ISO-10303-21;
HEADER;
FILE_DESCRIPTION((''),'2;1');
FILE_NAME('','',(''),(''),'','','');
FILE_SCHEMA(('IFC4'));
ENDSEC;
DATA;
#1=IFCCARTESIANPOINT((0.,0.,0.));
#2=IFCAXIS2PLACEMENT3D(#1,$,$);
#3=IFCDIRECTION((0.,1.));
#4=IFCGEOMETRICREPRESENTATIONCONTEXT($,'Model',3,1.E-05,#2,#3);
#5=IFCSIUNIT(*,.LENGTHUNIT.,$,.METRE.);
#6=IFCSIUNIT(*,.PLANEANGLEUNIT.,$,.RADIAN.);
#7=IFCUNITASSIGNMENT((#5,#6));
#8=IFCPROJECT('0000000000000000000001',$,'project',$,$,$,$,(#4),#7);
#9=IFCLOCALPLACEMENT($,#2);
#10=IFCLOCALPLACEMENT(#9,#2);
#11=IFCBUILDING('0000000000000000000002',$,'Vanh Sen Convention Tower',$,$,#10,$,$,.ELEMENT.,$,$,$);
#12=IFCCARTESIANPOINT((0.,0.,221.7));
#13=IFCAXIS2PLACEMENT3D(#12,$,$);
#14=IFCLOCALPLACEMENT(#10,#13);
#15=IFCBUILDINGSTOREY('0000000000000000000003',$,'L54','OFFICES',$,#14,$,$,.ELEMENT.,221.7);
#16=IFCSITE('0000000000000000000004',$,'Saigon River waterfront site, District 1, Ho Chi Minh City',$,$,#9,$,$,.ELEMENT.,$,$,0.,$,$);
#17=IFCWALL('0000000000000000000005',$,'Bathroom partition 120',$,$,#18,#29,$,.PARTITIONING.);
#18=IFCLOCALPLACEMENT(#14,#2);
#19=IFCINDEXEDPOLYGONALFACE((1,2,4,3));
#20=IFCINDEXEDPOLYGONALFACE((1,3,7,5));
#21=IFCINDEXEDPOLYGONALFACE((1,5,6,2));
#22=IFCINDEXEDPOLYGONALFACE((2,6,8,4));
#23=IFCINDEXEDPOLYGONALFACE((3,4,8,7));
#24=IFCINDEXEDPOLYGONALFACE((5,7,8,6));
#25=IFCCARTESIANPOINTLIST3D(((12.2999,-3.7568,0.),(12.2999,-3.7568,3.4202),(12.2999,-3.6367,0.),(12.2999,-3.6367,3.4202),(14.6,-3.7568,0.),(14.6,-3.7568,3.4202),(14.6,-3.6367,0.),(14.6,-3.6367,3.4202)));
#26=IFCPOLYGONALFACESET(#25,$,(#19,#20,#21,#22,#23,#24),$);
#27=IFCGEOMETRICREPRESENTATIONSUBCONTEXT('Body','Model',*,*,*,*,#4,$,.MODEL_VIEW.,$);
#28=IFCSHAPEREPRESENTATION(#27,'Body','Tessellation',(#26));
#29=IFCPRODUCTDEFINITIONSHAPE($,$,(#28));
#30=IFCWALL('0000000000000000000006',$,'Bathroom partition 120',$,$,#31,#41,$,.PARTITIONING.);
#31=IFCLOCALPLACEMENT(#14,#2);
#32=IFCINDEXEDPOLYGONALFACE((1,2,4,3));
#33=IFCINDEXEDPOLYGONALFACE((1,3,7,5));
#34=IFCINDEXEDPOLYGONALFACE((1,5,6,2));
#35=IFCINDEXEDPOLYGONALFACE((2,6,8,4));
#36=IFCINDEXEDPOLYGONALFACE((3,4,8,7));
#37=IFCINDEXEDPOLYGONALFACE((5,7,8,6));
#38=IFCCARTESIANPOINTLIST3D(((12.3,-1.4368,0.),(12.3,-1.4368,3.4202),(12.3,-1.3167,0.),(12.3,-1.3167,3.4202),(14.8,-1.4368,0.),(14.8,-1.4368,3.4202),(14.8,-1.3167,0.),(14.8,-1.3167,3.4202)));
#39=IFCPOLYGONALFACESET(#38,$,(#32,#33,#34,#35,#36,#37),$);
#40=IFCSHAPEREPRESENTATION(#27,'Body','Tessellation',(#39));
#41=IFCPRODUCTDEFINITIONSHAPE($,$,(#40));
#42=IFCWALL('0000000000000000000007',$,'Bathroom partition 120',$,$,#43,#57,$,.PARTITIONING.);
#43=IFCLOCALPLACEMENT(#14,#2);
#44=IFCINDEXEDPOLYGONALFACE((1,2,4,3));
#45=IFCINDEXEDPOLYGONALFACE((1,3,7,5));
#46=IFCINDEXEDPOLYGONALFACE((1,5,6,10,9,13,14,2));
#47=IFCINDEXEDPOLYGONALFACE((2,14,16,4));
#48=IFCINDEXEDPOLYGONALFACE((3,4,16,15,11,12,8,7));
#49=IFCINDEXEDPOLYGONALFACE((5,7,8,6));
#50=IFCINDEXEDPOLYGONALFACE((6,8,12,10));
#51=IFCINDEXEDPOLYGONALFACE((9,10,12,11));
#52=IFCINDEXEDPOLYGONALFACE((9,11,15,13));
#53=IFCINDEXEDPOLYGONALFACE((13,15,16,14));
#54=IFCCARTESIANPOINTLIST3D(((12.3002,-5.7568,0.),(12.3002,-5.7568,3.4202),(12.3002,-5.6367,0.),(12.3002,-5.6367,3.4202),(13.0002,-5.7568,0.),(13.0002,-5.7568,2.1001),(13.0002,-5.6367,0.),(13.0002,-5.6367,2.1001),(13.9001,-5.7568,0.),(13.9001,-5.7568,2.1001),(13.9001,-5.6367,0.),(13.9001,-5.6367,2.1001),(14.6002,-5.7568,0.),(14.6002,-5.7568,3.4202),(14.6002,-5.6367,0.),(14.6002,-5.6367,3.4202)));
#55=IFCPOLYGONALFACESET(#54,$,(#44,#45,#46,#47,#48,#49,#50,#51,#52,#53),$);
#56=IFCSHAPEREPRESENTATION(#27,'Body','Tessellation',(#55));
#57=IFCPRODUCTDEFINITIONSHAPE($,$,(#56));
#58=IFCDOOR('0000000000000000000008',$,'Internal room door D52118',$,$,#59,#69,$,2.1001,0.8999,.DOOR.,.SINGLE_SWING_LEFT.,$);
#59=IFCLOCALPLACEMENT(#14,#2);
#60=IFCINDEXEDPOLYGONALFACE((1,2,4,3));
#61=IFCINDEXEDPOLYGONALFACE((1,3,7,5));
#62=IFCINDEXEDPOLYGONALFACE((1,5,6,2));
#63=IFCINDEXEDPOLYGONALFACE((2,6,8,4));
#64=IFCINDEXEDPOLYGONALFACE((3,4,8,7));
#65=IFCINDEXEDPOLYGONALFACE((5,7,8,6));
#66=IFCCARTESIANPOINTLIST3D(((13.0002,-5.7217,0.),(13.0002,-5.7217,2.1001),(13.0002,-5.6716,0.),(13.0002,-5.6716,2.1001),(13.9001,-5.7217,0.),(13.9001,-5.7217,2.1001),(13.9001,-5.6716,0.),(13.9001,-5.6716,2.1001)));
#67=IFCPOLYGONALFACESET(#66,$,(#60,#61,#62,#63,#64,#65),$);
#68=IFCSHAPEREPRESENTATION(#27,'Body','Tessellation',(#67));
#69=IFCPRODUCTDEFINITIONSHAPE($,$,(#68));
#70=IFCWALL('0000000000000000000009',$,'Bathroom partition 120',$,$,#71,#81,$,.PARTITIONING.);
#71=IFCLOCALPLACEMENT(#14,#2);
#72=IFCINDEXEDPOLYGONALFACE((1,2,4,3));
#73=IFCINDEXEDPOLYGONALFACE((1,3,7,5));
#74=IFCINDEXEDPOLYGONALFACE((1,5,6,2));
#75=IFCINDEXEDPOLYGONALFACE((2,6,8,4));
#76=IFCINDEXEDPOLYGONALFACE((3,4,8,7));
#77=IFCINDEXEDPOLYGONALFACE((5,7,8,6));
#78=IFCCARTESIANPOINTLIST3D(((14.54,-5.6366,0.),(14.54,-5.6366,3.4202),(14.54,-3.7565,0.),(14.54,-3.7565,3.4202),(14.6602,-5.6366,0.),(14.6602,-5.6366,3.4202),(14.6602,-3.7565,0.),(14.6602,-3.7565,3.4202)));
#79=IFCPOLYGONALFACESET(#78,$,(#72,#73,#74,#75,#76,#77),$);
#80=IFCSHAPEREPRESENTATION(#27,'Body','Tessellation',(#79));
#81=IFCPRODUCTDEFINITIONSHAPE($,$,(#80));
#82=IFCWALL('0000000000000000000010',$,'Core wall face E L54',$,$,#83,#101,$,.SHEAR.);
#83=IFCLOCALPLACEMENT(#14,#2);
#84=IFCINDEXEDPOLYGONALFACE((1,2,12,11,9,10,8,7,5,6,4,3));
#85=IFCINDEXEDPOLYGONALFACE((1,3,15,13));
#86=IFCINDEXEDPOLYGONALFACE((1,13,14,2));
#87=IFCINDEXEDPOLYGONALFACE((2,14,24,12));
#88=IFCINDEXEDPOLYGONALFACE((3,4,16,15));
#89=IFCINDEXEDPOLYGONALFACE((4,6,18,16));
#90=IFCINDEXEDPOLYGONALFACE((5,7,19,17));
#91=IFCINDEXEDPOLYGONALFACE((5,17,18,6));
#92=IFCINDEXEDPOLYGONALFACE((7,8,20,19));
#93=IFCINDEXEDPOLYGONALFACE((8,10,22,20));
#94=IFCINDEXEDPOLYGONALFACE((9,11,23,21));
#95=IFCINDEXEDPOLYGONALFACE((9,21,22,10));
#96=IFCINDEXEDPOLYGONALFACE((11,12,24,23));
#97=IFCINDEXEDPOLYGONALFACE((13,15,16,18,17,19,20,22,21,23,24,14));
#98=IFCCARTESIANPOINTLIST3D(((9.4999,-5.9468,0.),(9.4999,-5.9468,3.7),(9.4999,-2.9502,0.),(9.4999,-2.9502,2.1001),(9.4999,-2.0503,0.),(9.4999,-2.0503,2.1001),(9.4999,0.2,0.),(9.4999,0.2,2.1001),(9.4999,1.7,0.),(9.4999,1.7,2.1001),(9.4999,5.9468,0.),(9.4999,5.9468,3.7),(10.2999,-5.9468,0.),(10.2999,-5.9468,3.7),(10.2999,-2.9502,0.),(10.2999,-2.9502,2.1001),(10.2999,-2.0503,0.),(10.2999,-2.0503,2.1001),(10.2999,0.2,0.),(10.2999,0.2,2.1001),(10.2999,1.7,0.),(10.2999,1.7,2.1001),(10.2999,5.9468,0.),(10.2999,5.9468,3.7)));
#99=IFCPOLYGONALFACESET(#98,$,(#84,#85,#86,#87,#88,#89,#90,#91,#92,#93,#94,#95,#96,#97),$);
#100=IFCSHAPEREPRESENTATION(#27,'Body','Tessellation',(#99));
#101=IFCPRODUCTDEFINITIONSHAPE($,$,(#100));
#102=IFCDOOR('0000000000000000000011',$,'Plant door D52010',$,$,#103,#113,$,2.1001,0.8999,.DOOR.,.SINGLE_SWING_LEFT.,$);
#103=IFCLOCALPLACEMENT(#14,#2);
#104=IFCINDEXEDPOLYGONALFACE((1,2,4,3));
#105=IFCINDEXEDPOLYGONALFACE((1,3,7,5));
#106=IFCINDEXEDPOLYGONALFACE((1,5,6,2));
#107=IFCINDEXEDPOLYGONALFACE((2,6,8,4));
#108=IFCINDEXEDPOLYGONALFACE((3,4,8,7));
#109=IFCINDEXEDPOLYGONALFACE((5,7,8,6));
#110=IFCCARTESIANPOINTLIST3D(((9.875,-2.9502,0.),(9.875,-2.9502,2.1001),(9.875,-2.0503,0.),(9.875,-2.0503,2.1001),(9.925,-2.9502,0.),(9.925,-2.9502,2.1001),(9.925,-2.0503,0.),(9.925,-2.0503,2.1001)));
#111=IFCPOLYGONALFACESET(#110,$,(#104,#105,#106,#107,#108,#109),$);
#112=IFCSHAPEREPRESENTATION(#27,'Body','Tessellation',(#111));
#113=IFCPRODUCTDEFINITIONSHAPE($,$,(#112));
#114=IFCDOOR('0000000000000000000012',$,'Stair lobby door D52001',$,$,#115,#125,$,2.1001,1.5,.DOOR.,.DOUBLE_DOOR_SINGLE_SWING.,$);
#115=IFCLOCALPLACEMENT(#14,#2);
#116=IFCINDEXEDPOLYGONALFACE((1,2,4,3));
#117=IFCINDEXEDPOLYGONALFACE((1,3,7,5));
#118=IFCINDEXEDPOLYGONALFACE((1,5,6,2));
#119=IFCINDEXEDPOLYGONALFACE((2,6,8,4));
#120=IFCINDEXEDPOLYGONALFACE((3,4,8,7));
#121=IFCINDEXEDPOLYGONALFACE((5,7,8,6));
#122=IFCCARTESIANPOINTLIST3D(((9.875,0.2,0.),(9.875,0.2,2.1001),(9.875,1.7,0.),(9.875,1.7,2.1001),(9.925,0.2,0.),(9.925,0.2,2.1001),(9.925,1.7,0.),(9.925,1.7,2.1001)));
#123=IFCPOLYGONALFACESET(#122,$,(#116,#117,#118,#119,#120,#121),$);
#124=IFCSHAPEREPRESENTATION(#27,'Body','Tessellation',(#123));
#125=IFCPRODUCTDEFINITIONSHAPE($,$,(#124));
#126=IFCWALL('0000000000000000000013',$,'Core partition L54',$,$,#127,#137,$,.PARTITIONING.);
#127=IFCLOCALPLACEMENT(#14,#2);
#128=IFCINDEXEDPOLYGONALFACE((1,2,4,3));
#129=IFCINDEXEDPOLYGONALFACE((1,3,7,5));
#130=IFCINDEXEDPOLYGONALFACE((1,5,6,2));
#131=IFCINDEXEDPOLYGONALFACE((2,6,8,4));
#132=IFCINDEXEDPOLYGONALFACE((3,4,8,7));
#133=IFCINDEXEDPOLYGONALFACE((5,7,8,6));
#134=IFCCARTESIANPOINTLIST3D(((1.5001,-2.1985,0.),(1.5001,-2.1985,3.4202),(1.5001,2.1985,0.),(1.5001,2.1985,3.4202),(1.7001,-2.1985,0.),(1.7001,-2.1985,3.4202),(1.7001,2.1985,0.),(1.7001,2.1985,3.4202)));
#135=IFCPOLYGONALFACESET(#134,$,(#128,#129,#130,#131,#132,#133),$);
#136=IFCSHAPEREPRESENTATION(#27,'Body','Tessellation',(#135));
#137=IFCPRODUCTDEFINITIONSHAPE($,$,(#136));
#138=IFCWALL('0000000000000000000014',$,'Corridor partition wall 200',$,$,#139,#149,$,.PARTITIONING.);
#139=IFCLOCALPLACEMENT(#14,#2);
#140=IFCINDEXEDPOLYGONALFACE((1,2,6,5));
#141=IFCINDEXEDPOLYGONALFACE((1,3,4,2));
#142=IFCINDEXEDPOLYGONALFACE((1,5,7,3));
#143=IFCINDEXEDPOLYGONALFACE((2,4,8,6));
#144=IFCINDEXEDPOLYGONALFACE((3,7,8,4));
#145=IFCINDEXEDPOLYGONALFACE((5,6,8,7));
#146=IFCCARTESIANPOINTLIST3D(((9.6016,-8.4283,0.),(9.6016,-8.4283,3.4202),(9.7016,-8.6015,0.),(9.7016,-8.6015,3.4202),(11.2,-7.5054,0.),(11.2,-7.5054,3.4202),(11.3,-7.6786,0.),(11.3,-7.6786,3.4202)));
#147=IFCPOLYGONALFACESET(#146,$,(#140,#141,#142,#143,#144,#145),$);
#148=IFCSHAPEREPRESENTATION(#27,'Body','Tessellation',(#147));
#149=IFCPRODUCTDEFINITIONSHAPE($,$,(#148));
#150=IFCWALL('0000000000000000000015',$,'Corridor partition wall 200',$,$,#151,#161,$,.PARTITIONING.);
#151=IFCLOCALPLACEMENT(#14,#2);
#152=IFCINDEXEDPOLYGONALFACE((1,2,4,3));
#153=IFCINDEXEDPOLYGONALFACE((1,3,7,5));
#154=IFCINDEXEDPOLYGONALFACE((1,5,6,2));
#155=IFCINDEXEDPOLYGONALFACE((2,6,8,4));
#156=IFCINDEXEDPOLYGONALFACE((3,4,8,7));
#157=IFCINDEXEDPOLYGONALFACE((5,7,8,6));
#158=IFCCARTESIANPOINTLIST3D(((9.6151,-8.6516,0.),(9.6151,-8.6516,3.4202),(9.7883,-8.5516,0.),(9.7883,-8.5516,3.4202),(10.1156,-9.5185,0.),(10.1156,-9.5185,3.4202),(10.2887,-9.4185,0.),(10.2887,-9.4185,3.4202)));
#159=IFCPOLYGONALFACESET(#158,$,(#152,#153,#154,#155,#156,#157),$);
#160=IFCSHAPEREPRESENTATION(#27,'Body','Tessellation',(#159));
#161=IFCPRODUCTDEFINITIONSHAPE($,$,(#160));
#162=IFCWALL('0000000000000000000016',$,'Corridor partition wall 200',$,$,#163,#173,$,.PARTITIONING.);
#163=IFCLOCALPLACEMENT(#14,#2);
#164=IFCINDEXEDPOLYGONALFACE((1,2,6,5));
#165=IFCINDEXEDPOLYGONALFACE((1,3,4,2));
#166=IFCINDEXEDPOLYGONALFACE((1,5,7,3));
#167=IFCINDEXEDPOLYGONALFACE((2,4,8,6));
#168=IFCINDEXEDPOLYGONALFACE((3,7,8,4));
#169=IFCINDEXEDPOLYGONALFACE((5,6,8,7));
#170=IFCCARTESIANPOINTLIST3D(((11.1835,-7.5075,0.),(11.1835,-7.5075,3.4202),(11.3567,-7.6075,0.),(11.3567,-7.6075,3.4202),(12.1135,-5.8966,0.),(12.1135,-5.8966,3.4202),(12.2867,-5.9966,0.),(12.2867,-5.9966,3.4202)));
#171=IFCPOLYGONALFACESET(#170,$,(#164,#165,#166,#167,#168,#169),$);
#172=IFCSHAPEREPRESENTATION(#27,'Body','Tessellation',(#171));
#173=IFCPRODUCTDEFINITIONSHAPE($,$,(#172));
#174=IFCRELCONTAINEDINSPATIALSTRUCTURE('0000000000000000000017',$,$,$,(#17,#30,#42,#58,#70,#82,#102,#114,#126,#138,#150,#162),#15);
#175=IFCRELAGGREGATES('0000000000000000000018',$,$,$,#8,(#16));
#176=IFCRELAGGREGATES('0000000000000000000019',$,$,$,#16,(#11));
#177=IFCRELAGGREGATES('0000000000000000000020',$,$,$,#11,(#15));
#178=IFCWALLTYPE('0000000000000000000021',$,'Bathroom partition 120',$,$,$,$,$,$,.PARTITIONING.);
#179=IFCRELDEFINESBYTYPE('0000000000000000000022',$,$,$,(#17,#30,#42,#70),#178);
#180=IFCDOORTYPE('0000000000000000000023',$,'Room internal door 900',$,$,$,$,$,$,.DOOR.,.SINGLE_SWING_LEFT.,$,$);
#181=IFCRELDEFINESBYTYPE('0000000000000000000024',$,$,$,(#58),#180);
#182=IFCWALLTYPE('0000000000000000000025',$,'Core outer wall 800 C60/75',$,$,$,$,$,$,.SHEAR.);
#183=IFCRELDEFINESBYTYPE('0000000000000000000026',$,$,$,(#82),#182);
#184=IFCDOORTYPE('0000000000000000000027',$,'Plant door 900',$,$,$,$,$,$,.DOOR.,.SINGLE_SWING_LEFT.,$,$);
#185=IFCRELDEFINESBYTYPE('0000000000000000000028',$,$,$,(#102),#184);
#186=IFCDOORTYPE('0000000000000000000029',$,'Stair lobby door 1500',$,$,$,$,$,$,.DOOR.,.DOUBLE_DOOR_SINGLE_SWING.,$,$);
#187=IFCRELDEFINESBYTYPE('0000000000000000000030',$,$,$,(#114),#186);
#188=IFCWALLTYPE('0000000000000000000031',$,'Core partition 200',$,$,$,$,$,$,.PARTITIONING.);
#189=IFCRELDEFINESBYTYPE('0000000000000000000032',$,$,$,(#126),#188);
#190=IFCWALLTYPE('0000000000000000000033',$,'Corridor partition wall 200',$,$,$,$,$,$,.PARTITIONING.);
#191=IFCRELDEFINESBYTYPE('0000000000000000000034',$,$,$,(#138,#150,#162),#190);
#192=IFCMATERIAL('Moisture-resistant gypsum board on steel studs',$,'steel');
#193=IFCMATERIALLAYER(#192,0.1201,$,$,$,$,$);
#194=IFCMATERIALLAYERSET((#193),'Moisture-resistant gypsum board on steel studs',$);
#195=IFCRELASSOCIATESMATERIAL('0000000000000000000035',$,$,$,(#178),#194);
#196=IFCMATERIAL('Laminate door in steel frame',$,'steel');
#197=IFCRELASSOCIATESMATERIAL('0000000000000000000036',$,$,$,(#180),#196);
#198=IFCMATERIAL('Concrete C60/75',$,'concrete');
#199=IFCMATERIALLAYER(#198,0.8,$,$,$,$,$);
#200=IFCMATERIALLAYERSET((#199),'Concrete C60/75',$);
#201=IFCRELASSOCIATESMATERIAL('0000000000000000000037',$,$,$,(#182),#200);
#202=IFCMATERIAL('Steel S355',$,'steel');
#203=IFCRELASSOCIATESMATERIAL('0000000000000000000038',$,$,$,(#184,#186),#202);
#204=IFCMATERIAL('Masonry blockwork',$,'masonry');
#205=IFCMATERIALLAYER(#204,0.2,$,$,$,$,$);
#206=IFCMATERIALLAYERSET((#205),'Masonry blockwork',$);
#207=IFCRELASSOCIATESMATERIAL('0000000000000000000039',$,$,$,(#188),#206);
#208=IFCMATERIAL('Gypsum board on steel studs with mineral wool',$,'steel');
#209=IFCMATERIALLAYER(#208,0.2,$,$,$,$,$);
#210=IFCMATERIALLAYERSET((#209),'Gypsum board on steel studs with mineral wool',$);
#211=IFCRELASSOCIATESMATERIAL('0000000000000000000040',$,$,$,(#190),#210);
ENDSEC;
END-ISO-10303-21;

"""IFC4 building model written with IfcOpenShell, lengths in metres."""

from ifc_helpers import new_model, si_unit, direction, frame, frame_2d, origin, place, context, subcontext, project, spatial, rectangle, extrude, material, layer, layer_set, type_object, element, fill, save


model = new_model("IFC4")

# Units and contexts
model_context = context("Model", 3, precision=1e-05, world=origin(), true_north=direction((0.0, 1.0)))
body_context = subcontext(model_context, "Body", "Model", "MODEL_VIEW")
ifc_project = project(units=[si_unit("LENGTHUNIT", "METRE"), si_unit("PLANEANGLEUNIT", "RADIAN")], contexts=[model_context])

# Site, building, storey
site_placement = place(None, origin())
site = spatial("IfcSite", under=ifc_project, at=site_placement, Name="Saigon River waterfront site, District 1, Ho Chi Minh City", CompositionType="ELEMENT", RefElevation=0.0)
building_placement = place(site_placement, origin())
building = spatial("IfcBuilding", under=site, at=building_placement, Name="Vanh Sen Convention Tower", CompositionType="ELEMENT")
storey_placement = place(building_placement, frame((0.0, 0.0, 221.7)))
storey = spatial("IfcBuildingStorey", under=building, at=storey_placement, Name="L54", Description="OFFICES", CompositionType="ELEMENT", Elevation=221.7)

# Walls
ifc_material_1 = material(Name="Moisture-resistant gypsum board on steel studs", Category="steel")
ifc_layer_1 = layer(ifc_material_1, 0.1201)
ifc_layer_set_1 = layer_set([ifc_layer_1], Name="Moisture-resistant gypsum board on steel studs")
wall_type_1 = type_object("IfcWallType", Name="Bathroom partition 120", PredefinedType="PARTITIONING", material=ifc_layer_set_1)
wall_1_placement = place(storey_placement, frame((12.3, -3.6968, 0.0), z_axis=(0.0, 0.0, 1.0), x_axis=(1.0, 0.0, 0.0)))
element("IfcWall", 1, at=wall_1_placement, inside=storey, type_object=wall_type_1, Name="Bathroom partition 120", PredefinedType="PARTITIONING", context=body_context, shape_type="SweptSolid", body=[
    extrude(rectangle(XDim=2.3, YDim=0.1201, at=frame_2d((1.1499, 0.0))), origin(), (0.0, 0.0, 1.0), 3.4202),
])
wall_2_placement = place(storey_placement, frame((12.3, -1.3767, 0.0), z_axis=(0.0, 0.0, 1.0), x_axis=(1.0, 0.0, 0.0)))
element("IfcWall", 2, at=wall_2_placement, inside=storey, type_object=wall_type_1, Name="Bathroom partition 120", PredefinedType="PARTITIONING", context=body_context, shape_type="SweptSolid", body=[
    extrude(rectangle(XDim=2.5, YDim=0.1201, at=frame_2d((1.25, 0.0))), origin(), (0.0, 0.0, 1.0), 3.4202),
])

# Wall, opening, door
wall_3_placement = place(storey_placement, frame((14.6001, -5.6968, 0.0), z_axis=(0.0, 0.0, 1.0), x_axis=(-1.0, 0.0, 0.0)))
wall_3 = element("IfcWall", 3, at=wall_3_placement, inside=storey, type_object=wall_type_1, Name="Bathroom partition 120", PredefinedType="PARTITIONING", context=body_context, shape_type="SweptSolid", body=[
    extrude(rectangle(XDim=2.3, YDim=0.1201, at=frame_2d((1.1499, 0.0))), origin(), (0.0, 0.0, 1.0), 3.4202),
])
opening_1_placement = place(wall_3_placement, frame((0.7, 0.0, 0.0)))
opening_1 = element("IfcOpeningElement", 4, at=opening_1_placement, cuts=wall_3, PredefinedType="OPENING", context=body_context, shape_type="SweptSolid", body=[
    extrude(rectangle(XDim=0.8999, YDim=2.1001, at=frame_2d((0.45, 1.05))), frame((0.0, 0.0701, 0.0), z_axis=(0.0, -1.0, 0.0), x_axis=(1.0, 0.0, 0.0)), (0.0, 0.0, 1.0), 0.1401),
])
ifc_material_2 = material(Name="Laminate door in steel frame", Category="steel")
door_type_1 = type_object("IfcDoorType", Name="Room internal door 900", OperationType="SINGLE_SWING_LEFT", PredefinedType="DOOR", material=ifc_material_2)
door_1_placement = place(opening_1_placement, origin())
door_1 = element("IfcDoor", 5, at=door_1_placement, inside=storey, type_object=door_type_1, Name="Internal room door D52118", OperationType="SINGLE_SWING_LEFT", OverallHeight=2.1001, OverallWidth=0.8999, PredefinedType="DOOR", context=body_context, shape_type="SweptSolid", body=[
    extrude(rectangle(XDim=0.8999, YDim=2.1001, at=frame_2d((0.45, 1.05))), frame((0.0, 0.0249, 0.0), z_axis=(0.0, -1.0, 0.0), x_axis=(1.0, 0.0, 0.0)), (0.0, 0.0, 1.0), 0.05),
])
fill(opening_1, door_1)

# Wall
wall_4_placement = place(storey_placement, frame((14.6001, -3.7566, 0.0), z_axis=(0.0, 0.0, 1.0), x_axis=(0.0, -1.0, 0.0)))
element("IfcWall", 6, at=wall_4_placement, inside=storey, type_object=wall_type_1, Name="Bathroom partition 120", PredefinedType="PARTITIONING", context=body_context, shape_type="SweptSolid", body=[
    extrude(rectangle(XDim=1.8801, YDim=0.1201, at=frame_2d((0.9399, 0.0))), origin(), (0.0, 0.0, 1.0), 3.4202),
])

# Wall, openings, doors
ifc_material_3 = material(Name="Concrete C60/75", Category="concrete")
ifc_layer_2 = layer(ifc_material_3, 0.8)
ifc_layer_set_2 = layer_set([ifc_layer_2], Name="Concrete C60/75")
wall_type_2 = type_object("IfcWallType", Name="Core outer wall 800 C60/75", PredefinedType="SHEAR", material=ifc_layer_set_2)
wall_5_placement = place(storey_placement, frame((9.8999, -5.9468, 0.0), z_axis=(0.0, 0.0, 1.0), x_axis=(0.0, 1.0, 0.0)))
wall_5 = element("IfcWall", 7, at=wall_5_placement, inside=storey, type_object=wall_type_2, Name="Core wall face E L54", PredefinedType="SHEAR", context=body_context, shape_type="SweptSolid", body=[
    extrude(rectangle(XDim=11.8936, YDim=0.8, at=frame_2d((5.9468, 0.0))), origin(), (0.0, 0.0, 1.0), 3.7),
])
opening_2_placement = place(wall_5_placement, frame((6.1467, 0.0, 0.0)))
opening_2 = element("IfcOpeningElement", 8, at=opening_2_placement, cuts=wall_5, PredefinedType="OPENING", context=body_context, shape_type="SweptSolid", body=[
    extrude(rectangle(XDim=1.5, YDim=2.1001, at=frame_2d((0.75, 1.05))), frame((0.0, 0.4099, 0.0), z_axis=(0.0, -1.0, 0.0), x_axis=(1.0, 0.0, 0.0)), (0.0, 0.0, 1.0), 0.8201),
])
opening_3_placement = place(wall_5_placement, frame((2.9966, 0.0, 0.0)))
opening_3 = element("IfcOpeningElement", 9, at=opening_3_placement, cuts=wall_5, PredefinedType="OPENING", context=body_context, shape_type="SweptSolid", body=[
    extrude(rectangle(XDim=0.8999, YDim=2.1001, at=frame_2d((0.45, 1.05))), frame((0.0, 0.4099, 0.0), z_axis=(0.0, -1.0, 0.0), x_axis=(1.0, 0.0, 0.0)), (0.0, 0.0, 1.0), 0.8201),
])
ifc_material_4 = material(Name="Steel S355", Category="steel")
door_type_2 = type_object("IfcDoorType", Name="Plant door 900", OperationType="SINGLE_SWING_LEFT", PredefinedType="DOOR", material=ifc_material_4)
door_2_placement = place(opening_3_placement, origin())
door_2 = element("IfcDoor", 10, at=door_2_placement, inside=storey, type_object=door_type_2, Name="Plant door D52010", OperationType="SINGLE_SWING_LEFT", OverallHeight=2.1001, OverallWidth=0.8999, PredefinedType="DOOR", context=body_context, shape_type="SweptSolid", body=[
    extrude(rectangle(XDim=0.8999, YDim=2.1001, at=frame_2d((0.45, 1.05))), frame((0.0, 0.0249, 0.0), z_axis=(0.0, -1.0, 0.0), x_axis=(1.0, 0.0, 0.0)), (0.0, 0.0, 1.0), 0.05),
])
fill(opening_3, door_2)
door_type_3 = type_object("IfcDoorType", Name="Stair lobby door 1500", OperationType="DOUBLE_DOOR_SINGLE_SWING", PredefinedType="DOOR", material=ifc_material_4)
door_3_placement = place(opening_2_placement, origin())
door_3 = element("IfcDoor", 11, at=door_3_placement, inside=storey, type_object=door_type_3, Name="Stair lobby door D52001", OperationType="DOUBLE_DOOR_SINGLE_SWING", OverallHeight=2.1001, OverallWidth=1.5, PredefinedType="DOOR", context=body_context, shape_type="SweptSolid", body=[
    extrude(rectangle(XDim=1.5, YDim=2.1001, at=frame_2d((0.75, 1.05))), frame((0.0, 0.0249, 0.0), z_axis=(0.0, -1.0, 0.0), x_axis=(1.0, 0.0, 0.0)), (0.0, 0.0, 1.0), 0.05),
])
fill(opening_2, door_3)

# Walls
ifc_material_5 = material(Name="Masonry blockwork", Category="masonry")
ifc_layer_3 = layer(ifc_material_5, 0.2)
ifc_layer_set_3 = layer_set([ifc_layer_3], Name="Masonry blockwork")
wall_type_3 = type_object("IfcWallType", Name="Core partition 200", PredefinedType="PARTITIONING", material=ifc_layer_set_3)
wall_6_placement = place(storey_placement, frame((1.6001, -2.1985, 0.0), z_axis=(0.0, 0.0, 1.0), x_axis=(0.0, 1.0, 0.0)))
element("IfcWall", 12, at=wall_6_placement, inside=storey, type_object=wall_type_3, Name="Core partition L54", PredefinedType="PARTITIONING", context=body_context, shape_type="SweptSolid", body=[
    extrude(rectangle(XDim=4.397, YDim=0.2, at=frame_2d((2.1985, 0.0))), origin(), (0.0, 0.0, 1.0), 3.4202),
])
ifc_material_6 = material(Name="Gypsum board on steel studs with mineral wool", Category="steel")
ifc_layer_4 = layer(ifc_material_6, 0.2)
ifc_layer_set_4 = layer_set([ifc_layer_4], Name="Gypsum board on steel studs with mineral wool")
wall_type_4 = type_object("IfcWallType", Name="Corridor partition wall 200", PredefinedType="PARTITIONING", material=ifc_layer_set_4)
wall_7_placement = place(storey_placement, frame((9.6516, -8.5149, 0.0), z_axis=(0.0, 0.0, 1.0), x_axis=(0.86602, 0.500009, 0.0)))
element("IfcWall", 13, at=wall_7_placement, inside=storey, type_object=wall_type_4, Name="Corridor partition wall 200", PredefinedType="PARTITIONING", context=body_context, shape_type="SweptSolid", body=[
    extrude(rectangle(XDim=1.8457, YDim=0.2, at=frame_2d((0.9229, 0.0))), origin(), (0.0, 0.0, 1.0), 3.4202),
])
wall_8_placement = place(storey_placement, frame((10.2021, -9.4685, 0.0), z_axis=(0.0, 0.0, 1.0), x_axis=(-0.499969, 0.866043, 0.0)))
element("IfcWall", 14, at=wall_8_placement, inside=storey, type_object=wall_type_4, Name="Corridor partition wall 200", PredefinedType="PARTITIONING", context=body_context, shape_type="SweptSolid", body=[
    extrude(rectangle(XDim=1.001, YDim=0.2, at=frame_2d((0.5005, 0.0))), origin(), (0.0, 0.0, 1.0), 3.4202),
])
wall_9_placement = place(storey_placement, frame((11.27, -7.5576, 0.0), z_axis=(0.0, 0.0, 1.0), x_axis=(0.499965, 0.866046, 0.0)))
element("IfcWall", 15, at=wall_9_placement, inside=storey, type_object=wall_type_4, Name="Corridor partition wall 200", PredefinedType="PARTITIONING", context=body_context, shape_type="SweptSolid", body=[
    extrude(rectangle(XDim=1.8601, YDim=0.2, at=frame_2d((0.9302, 0.0))), origin(), (0.0, 0.0, 1.0), 3.4202),
])

save(model, "model.ifc")
